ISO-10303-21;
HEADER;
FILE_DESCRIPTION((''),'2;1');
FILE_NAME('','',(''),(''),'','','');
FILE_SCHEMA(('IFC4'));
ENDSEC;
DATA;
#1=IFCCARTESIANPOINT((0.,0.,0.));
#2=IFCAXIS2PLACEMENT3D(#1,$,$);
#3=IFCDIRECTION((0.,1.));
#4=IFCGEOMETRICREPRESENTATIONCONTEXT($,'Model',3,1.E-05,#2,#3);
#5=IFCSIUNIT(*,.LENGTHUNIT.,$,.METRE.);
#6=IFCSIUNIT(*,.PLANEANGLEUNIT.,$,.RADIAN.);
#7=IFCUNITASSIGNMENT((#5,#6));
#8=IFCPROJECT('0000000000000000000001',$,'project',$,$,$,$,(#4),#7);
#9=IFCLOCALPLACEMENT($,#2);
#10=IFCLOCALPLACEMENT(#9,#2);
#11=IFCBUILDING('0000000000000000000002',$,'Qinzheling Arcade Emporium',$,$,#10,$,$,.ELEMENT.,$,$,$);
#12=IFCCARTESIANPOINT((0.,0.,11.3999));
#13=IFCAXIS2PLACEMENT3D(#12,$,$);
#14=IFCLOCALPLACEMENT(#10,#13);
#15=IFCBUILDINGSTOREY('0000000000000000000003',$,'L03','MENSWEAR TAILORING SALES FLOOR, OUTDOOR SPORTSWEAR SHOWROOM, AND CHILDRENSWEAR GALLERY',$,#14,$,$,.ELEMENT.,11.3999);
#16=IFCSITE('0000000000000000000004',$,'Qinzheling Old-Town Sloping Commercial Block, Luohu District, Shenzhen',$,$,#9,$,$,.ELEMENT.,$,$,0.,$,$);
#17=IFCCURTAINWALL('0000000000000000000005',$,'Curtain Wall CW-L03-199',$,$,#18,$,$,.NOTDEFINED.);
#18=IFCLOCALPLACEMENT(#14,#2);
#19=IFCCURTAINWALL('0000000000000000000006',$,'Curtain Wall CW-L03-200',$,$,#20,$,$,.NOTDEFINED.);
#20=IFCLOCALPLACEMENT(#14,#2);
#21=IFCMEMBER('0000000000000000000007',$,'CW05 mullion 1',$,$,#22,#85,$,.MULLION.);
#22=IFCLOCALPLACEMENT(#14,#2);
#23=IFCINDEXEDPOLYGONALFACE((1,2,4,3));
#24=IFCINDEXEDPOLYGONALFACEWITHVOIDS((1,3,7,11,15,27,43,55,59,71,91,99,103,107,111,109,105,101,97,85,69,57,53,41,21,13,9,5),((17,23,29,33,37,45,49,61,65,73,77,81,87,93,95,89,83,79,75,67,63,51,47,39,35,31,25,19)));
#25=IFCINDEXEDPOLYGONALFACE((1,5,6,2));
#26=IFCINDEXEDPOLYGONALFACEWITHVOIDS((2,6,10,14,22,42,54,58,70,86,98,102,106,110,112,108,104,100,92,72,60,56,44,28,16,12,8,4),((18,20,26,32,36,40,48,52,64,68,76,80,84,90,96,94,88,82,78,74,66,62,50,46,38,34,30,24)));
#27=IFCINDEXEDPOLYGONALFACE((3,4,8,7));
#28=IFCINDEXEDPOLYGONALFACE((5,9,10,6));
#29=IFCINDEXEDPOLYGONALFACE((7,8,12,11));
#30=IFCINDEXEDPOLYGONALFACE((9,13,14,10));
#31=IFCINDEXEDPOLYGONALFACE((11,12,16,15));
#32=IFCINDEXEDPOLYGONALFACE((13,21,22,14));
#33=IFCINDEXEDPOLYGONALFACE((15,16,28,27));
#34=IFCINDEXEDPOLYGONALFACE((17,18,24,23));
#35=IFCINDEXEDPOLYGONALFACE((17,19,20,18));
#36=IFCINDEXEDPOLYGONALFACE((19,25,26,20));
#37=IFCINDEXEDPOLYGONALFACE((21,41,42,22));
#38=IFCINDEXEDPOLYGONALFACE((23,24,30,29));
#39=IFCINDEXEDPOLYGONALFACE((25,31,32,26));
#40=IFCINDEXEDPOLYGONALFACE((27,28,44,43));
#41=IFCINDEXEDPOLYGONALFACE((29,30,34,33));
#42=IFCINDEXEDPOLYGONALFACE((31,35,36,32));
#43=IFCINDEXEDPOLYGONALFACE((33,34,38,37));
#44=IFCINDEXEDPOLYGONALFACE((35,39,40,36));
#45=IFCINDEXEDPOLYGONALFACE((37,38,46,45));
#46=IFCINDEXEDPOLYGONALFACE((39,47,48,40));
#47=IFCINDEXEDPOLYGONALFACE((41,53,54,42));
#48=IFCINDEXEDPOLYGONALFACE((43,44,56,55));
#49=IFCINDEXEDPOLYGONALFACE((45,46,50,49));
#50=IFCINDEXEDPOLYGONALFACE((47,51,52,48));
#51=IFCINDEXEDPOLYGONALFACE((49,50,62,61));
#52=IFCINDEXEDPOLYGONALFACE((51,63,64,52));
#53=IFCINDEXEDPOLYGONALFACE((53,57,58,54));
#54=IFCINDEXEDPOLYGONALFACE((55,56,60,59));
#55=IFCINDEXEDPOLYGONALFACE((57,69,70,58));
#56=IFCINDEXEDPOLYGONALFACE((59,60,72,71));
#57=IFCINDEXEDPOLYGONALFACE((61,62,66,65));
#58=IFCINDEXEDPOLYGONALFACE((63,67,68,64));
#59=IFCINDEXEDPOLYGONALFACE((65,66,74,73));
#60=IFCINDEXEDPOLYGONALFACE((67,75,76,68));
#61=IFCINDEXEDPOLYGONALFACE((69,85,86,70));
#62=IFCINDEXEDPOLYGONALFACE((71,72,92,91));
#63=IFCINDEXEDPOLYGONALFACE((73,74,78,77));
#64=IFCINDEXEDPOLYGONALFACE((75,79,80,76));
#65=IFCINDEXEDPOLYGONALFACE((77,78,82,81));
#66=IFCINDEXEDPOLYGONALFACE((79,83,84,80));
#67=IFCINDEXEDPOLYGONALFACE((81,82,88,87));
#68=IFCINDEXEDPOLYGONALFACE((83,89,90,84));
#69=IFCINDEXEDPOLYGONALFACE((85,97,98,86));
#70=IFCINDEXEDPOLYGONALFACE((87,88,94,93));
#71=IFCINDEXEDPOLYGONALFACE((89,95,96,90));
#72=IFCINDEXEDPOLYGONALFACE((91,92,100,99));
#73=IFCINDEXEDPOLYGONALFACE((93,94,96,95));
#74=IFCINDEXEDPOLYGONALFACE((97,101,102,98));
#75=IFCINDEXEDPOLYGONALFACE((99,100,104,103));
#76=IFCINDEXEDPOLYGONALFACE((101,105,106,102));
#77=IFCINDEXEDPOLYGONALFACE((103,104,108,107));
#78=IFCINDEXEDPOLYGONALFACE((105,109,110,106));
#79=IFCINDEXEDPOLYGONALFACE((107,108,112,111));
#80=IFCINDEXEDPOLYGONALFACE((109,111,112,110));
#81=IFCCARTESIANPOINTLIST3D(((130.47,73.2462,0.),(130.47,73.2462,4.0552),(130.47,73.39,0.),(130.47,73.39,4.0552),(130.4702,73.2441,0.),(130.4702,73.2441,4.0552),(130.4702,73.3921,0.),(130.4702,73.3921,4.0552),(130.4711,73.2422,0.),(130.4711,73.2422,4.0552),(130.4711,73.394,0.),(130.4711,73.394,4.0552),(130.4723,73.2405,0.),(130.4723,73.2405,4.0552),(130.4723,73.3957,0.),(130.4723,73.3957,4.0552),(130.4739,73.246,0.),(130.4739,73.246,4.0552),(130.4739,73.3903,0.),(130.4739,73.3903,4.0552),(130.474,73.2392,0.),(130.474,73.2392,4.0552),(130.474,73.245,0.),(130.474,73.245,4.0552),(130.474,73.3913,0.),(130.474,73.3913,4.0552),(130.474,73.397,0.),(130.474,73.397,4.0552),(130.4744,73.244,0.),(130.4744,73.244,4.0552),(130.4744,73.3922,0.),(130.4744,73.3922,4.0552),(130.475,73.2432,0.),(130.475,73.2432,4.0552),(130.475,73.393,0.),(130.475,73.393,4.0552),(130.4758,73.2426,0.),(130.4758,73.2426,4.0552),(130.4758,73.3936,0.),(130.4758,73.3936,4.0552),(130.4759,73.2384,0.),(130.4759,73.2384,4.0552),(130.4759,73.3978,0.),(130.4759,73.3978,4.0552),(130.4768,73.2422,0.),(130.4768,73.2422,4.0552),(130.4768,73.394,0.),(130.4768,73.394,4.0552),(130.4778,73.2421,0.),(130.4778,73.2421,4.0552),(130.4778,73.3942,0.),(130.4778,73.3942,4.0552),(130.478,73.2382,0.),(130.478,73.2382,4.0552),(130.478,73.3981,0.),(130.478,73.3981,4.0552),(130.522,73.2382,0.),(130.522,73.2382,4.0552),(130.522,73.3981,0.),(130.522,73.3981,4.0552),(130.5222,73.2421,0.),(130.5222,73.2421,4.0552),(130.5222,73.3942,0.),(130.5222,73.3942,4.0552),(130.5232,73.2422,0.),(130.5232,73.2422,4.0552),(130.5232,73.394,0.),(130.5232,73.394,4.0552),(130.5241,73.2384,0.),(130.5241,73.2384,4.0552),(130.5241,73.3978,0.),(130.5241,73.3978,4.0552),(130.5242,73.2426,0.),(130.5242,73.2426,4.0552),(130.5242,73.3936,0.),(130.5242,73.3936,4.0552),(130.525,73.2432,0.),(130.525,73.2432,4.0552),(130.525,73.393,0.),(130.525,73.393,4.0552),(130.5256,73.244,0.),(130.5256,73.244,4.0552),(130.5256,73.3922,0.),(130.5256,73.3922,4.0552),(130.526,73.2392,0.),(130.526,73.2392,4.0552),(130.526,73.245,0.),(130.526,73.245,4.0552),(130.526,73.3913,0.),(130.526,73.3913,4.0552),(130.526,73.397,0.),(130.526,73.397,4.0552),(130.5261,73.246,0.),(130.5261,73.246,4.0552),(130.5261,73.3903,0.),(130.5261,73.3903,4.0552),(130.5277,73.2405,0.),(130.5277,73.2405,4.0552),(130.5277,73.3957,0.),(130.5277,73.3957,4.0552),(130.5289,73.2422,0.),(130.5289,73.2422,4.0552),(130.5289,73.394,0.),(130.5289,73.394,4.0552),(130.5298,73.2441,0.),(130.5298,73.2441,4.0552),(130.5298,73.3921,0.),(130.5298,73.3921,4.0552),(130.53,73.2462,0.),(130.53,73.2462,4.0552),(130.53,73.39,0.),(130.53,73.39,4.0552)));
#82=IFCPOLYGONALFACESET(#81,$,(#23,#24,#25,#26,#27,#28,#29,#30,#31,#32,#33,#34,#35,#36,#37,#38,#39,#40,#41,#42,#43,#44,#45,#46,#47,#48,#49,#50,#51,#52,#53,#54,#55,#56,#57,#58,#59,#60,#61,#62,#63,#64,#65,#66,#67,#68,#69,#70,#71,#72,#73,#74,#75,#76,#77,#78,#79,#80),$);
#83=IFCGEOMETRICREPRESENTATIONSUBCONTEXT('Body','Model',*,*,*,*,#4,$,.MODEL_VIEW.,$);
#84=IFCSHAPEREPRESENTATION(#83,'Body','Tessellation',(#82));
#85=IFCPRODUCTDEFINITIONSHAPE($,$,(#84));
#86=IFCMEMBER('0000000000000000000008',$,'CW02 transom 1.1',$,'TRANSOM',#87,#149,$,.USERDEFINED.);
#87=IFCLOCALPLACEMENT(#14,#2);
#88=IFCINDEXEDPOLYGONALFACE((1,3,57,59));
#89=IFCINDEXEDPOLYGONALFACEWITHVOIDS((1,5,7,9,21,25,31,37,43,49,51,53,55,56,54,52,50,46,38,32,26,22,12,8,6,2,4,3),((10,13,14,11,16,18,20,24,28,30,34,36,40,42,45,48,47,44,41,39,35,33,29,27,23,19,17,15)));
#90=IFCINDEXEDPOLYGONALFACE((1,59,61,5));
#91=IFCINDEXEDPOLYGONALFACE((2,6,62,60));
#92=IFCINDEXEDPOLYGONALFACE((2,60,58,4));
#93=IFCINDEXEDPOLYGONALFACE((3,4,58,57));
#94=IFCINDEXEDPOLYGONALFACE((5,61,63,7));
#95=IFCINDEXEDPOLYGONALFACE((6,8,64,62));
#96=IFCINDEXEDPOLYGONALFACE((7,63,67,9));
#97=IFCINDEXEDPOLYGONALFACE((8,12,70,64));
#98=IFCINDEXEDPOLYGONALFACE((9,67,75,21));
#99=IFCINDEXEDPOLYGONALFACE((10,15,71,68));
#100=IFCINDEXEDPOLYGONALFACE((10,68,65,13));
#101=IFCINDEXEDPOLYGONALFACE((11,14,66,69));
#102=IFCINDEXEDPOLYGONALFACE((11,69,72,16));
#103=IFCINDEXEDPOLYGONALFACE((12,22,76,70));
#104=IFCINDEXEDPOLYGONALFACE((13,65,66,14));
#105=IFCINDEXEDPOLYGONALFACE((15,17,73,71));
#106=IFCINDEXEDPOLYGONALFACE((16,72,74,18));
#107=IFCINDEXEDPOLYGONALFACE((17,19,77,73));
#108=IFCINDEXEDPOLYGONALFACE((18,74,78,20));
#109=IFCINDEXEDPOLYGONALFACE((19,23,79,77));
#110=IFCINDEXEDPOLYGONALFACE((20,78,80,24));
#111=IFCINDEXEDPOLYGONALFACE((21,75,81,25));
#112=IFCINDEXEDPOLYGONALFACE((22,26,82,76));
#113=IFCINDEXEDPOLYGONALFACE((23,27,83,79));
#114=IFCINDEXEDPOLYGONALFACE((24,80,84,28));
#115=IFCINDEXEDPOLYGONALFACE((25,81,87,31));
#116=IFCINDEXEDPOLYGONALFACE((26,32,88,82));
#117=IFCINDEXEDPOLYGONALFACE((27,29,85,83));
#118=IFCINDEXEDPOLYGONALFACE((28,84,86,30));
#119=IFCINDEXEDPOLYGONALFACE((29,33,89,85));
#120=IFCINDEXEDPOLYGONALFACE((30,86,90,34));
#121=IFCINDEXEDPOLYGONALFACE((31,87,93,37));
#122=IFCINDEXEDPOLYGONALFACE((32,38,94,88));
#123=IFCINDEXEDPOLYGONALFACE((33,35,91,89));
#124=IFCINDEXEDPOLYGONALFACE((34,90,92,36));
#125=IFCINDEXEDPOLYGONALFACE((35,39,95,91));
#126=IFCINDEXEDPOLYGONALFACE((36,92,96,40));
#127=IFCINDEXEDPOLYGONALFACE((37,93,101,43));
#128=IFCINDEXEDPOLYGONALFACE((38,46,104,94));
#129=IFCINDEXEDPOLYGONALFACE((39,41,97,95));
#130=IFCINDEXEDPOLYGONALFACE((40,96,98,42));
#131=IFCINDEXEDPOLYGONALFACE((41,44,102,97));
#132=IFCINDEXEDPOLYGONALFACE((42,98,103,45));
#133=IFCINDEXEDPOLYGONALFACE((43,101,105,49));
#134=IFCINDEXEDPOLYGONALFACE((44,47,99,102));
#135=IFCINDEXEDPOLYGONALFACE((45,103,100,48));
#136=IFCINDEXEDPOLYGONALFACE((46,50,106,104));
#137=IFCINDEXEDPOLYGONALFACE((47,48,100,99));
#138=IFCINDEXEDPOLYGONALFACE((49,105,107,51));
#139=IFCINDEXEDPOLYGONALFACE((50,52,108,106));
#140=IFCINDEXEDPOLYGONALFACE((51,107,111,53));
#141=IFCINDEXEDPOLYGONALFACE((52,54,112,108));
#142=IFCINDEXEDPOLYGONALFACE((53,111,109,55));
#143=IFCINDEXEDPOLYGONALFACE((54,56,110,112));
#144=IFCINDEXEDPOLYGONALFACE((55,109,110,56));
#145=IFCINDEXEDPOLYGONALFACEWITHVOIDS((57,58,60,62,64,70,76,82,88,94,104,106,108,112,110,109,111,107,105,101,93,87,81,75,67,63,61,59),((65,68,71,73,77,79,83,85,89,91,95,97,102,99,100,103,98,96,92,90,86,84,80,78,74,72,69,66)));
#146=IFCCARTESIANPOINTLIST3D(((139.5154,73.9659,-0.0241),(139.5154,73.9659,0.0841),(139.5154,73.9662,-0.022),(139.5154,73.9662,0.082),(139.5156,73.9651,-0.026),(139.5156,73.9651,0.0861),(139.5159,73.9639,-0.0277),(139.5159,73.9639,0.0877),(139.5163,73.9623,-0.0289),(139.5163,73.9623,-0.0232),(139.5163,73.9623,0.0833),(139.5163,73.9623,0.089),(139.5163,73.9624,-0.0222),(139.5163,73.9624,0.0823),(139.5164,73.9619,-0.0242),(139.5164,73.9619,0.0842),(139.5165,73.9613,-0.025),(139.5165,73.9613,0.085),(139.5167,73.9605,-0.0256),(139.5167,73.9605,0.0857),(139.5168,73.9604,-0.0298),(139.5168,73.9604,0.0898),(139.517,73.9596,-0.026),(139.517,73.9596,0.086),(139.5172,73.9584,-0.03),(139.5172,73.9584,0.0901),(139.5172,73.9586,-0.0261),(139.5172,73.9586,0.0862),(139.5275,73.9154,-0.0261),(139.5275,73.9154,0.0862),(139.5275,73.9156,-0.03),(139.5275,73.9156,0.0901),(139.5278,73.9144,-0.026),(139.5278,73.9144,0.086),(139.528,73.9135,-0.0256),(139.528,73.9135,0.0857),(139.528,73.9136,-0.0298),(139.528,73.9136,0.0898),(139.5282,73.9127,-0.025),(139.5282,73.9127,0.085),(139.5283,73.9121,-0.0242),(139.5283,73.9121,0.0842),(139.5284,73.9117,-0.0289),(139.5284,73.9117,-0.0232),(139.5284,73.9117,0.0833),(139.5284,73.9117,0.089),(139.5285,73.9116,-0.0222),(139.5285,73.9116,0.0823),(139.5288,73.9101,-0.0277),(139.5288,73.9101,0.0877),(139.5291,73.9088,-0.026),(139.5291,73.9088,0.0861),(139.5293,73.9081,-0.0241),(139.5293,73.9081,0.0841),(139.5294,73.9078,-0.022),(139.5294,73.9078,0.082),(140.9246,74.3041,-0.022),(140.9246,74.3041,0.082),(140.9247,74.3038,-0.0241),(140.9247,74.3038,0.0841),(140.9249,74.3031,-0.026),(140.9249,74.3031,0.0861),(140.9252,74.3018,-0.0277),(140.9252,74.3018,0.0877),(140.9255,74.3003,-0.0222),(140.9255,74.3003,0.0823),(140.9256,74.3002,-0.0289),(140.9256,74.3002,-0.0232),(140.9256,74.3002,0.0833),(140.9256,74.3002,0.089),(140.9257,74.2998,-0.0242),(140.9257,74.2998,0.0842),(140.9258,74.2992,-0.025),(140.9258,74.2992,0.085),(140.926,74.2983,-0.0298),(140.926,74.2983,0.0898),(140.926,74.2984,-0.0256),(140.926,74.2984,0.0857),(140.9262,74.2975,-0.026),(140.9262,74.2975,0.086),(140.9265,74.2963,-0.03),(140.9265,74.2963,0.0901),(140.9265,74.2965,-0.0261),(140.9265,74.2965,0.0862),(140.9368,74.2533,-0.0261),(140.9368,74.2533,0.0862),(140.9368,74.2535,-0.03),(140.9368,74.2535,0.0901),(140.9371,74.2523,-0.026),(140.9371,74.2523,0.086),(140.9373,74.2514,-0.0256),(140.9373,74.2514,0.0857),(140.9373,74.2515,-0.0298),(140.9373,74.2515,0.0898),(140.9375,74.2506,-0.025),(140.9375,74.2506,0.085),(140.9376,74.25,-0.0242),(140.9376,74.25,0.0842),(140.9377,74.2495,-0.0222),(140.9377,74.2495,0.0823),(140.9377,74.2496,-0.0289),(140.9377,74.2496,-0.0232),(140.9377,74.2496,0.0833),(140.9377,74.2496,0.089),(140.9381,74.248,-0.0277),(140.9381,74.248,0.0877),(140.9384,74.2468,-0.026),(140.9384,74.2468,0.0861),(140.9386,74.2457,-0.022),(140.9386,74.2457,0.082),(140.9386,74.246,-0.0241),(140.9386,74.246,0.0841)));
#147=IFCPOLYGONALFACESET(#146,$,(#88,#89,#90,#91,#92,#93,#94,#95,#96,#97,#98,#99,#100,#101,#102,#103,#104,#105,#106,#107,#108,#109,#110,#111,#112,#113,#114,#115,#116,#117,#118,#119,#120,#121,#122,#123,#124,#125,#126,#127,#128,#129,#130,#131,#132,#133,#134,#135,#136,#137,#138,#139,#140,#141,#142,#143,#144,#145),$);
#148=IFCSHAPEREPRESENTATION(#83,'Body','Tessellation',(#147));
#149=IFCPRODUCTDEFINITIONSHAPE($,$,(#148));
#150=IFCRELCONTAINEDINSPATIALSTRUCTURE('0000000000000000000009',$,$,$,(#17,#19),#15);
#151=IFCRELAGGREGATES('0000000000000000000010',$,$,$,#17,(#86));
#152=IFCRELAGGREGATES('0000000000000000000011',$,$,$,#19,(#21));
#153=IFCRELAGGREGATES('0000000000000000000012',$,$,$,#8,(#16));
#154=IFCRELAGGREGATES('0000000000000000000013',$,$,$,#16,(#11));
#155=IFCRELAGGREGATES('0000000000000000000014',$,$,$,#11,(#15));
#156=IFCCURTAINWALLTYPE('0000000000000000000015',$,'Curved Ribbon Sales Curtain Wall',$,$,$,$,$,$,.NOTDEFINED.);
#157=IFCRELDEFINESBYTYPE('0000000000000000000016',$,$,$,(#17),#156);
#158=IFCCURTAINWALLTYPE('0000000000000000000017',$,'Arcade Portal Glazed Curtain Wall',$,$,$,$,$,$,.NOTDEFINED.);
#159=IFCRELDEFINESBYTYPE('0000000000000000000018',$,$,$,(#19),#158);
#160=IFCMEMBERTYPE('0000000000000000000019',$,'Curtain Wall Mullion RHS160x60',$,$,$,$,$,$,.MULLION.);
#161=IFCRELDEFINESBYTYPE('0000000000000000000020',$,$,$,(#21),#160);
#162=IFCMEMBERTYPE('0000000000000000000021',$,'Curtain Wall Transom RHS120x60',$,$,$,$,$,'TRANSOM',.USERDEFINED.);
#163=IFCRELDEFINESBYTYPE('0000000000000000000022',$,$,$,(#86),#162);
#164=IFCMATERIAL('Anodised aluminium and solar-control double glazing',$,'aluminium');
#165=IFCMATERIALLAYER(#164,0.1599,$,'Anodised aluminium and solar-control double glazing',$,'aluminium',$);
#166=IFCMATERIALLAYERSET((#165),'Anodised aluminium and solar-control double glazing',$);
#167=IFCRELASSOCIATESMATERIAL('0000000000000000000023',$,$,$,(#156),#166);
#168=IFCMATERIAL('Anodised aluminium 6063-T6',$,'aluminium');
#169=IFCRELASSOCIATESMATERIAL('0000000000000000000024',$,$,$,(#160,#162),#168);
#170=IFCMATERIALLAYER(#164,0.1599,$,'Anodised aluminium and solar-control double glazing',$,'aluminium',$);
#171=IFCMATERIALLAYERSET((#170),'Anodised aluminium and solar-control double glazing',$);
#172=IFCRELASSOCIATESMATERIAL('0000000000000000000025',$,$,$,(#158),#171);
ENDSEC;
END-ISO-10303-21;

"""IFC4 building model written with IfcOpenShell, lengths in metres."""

from ifc_helpers import new_model, si_unit, direction, frame, origin, origin_2d, place, context, subcontext, project, spatial, hollow_rectangle, extrude, material, layer, layer_set, material_profile, profile_set, type_object, element, aggregate, save


model = new_model("IFC4")

# Units and contexts
model_context = context("Model", 3, precision=1e-05, world=origin(), true_north=direction((0.0, 1.0)))
body_context = subcontext(model_context, "Body", "Model", "MODEL_VIEW")
ifc_project = project(units=[si_unit("LENGTHUNIT", "METRE"), si_unit("PLANEANGLEUNIT", "RADIAN")], contexts=[model_context])

# Site, building, storey
site_placement = place(None, origin())
site = spatial("IfcSite", under=ifc_project, at=site_placement, Name="Qinzheling Old-Town Sloping Commercial Block, Luohu District, Shenzhen", CompositionType="ELEMENT", RefElevation=0.0)
building_placement = place(site_placement, origin())
building = spatial("IfcBuilding", under=site, at=building_placement, Name="Qinzheling Arcade Emporium", CompositionType="ELEMENT")
storey_placement = place(building_placement, frame((0.0, 0.0, 11.3999)))
storey = spatial("IfcBuildingStorey", under=building, at=storey_placement, Name="L03", Description="MENSWEAR TAILORING SALES FLOOR, OUTDOOR SPORTSWEAR SHOWROOM, AND CHILDRENSWEAR GALLERY", CompositionType="ELEMENT", Elevation=11.3999)

# Curtain wall
ifc_material_1 = material(Name="Anodised aluminium and solar-control double glazing", Category="aluminium")
ifc_layer_1 = layer(ifc_material_1, 0.1599, Name="Anodised aluminium and solar-control double glazing", Category="aluminium")
ifc_layer_set_1 = layer_set([ifc_layer_1], Name="Anodised aluminium and solar-control double glazing")
curtain_wall_type_1 = type_object("IfcCurtainWallType", Name="Curved Ribbon Sales Curtain Wall", PredefinedType="NOTDEFINED", material=ifc_layer_set_1)
curtain_wall_1_placement = place(storey_placement, origin())
curtain_wall_1 = element("IfcCurtainWall", 1, at=curtain_wall_1_placement, inside=storey, type_object=curtain_wall_type_1, Name="Curtain Wall CW-L03-199", PredefinedType="NOTDEFINED")
ifc_material_2 = material(Name="Anodised aluminium 6063-T6", Category="aluminium")
ifc_material_profile_1 = material_profile(ifc_material_2, hollow_rectangle(XDim=0.0601, YDim=0.1599, WallThickness=0.0039, InnerFilletRadius=0.0039, OuterFilletRadius=0.0081, at=origin_2d()), Name="RHS 160x60x4", Category="aluminium")
ifc_profile_set_1 = profile_set([ifc_material_profile_1], Name="Anodised aluminium 6063-T6")
member_type_1 = type_object("IfcMemberType", Name="Curtain Wall Mullion RHS160x60", PredefinedType="MULLION", material=ifc_profile_set_1)

# Curtain wall, member
ifc_layer_2 = layer(ifc_material_1, 0.1599, Name="Anodised aluminium and solar-control double glazing", Category="aluminium")
ifc_layer_set_2 = layer_set([ifc_layer_2], Name="Anodised aluminium and solar-control double glazing")
curtain_wall_type_2 = type_object("IfcCurtainWallType", Name="Arcade Portal Glazed Curtain Wall", PredefinedType="NOTDEFINED", material=ifc_layer_set_2)
curtain_wall_2_placement = place(storey_placement, origin())
curtain_wall_2 = element("IfcCurtainWall", 2, at=curtain_wall_2_placement, inside=storey, type_object=curtain_wall_type_2, Name="Curtain Wall CW-L03-200", PredefinedType="NOTDEFINED")
member_1_placement = place(storey_placement, frame((130.5, 73.3181, 0.0), z_axis=(0.0, 0.0, 1.0), x_axis=(1.0, 0.0, 0.0)))
member_1 = element("IfcMember", 3, at=member_1_placement, type_object=member_type_1, Name="CW05 mullion 1", PredefinedType="MULLION", context=body_context, shape_type="SweptSolid", body=[
    extrude(hollow_rectangle(XDim=0.0601, YDim=0.1599, WallThickness=0.0039, InnerFilletRadius=0.0039, OuterFilletRadius=0.0081, at=origin_2d()), origin(), (0.0, 0.0, 1.0), 4.0552),
])

# Member
ifc_material_profile_2 = material_profile(ifc_material_2, hollow_rectangle(XDim=0.0601, YDim=0.1201, WallThickness=0.0039, InnerFilletRadius=0.0039, OuterFilletRadius=0.0081, at=origin_2d()), Name="RHS 120x60x4", Category="aluminium")
ifc_profile_set_2 = profile_set([ifc_material_profile_2], Name="Anodised aluminium 6063-T6")
member_type_2 = type_object("IfcMemberType", Name="Curtain Wall Transom RHS120x60", ElementType="TRANSOM", PredefinedType="USERDEFINED", material=ifc_profile_set_2)
member_2_placement = place(storey_placement, frame((140.9316, 74.2749, 0.03), z_axis=(-0.972436, -0.233169, 0.0), x_axis=(0.233169, -0.972436, 0.0)))
member_2 = element("IfcMember", 4, at=member_2_placement, type_object=member_type_2, Name="CW02 transom 1.1", ObjectType="TRANSOM", PredefinedType="USERDEFINED", context=body_context, shape_type="SweptSolid", body=[
    extrude(hollow_rectangle(XDim=0.0601, YDim=0.1201, WallThickness=0.0039, InnerFilletRadius=0.0039, OuterFilletRadius=0.0081, at=origin_2d()), origin(), (0.0, 0.0, 1.0), 1.4492),
])

aggregate(curtain_wall_1, [member_2])
aggregate(curtain_wall_2, [member_1])

save(model, "model.ifc")
